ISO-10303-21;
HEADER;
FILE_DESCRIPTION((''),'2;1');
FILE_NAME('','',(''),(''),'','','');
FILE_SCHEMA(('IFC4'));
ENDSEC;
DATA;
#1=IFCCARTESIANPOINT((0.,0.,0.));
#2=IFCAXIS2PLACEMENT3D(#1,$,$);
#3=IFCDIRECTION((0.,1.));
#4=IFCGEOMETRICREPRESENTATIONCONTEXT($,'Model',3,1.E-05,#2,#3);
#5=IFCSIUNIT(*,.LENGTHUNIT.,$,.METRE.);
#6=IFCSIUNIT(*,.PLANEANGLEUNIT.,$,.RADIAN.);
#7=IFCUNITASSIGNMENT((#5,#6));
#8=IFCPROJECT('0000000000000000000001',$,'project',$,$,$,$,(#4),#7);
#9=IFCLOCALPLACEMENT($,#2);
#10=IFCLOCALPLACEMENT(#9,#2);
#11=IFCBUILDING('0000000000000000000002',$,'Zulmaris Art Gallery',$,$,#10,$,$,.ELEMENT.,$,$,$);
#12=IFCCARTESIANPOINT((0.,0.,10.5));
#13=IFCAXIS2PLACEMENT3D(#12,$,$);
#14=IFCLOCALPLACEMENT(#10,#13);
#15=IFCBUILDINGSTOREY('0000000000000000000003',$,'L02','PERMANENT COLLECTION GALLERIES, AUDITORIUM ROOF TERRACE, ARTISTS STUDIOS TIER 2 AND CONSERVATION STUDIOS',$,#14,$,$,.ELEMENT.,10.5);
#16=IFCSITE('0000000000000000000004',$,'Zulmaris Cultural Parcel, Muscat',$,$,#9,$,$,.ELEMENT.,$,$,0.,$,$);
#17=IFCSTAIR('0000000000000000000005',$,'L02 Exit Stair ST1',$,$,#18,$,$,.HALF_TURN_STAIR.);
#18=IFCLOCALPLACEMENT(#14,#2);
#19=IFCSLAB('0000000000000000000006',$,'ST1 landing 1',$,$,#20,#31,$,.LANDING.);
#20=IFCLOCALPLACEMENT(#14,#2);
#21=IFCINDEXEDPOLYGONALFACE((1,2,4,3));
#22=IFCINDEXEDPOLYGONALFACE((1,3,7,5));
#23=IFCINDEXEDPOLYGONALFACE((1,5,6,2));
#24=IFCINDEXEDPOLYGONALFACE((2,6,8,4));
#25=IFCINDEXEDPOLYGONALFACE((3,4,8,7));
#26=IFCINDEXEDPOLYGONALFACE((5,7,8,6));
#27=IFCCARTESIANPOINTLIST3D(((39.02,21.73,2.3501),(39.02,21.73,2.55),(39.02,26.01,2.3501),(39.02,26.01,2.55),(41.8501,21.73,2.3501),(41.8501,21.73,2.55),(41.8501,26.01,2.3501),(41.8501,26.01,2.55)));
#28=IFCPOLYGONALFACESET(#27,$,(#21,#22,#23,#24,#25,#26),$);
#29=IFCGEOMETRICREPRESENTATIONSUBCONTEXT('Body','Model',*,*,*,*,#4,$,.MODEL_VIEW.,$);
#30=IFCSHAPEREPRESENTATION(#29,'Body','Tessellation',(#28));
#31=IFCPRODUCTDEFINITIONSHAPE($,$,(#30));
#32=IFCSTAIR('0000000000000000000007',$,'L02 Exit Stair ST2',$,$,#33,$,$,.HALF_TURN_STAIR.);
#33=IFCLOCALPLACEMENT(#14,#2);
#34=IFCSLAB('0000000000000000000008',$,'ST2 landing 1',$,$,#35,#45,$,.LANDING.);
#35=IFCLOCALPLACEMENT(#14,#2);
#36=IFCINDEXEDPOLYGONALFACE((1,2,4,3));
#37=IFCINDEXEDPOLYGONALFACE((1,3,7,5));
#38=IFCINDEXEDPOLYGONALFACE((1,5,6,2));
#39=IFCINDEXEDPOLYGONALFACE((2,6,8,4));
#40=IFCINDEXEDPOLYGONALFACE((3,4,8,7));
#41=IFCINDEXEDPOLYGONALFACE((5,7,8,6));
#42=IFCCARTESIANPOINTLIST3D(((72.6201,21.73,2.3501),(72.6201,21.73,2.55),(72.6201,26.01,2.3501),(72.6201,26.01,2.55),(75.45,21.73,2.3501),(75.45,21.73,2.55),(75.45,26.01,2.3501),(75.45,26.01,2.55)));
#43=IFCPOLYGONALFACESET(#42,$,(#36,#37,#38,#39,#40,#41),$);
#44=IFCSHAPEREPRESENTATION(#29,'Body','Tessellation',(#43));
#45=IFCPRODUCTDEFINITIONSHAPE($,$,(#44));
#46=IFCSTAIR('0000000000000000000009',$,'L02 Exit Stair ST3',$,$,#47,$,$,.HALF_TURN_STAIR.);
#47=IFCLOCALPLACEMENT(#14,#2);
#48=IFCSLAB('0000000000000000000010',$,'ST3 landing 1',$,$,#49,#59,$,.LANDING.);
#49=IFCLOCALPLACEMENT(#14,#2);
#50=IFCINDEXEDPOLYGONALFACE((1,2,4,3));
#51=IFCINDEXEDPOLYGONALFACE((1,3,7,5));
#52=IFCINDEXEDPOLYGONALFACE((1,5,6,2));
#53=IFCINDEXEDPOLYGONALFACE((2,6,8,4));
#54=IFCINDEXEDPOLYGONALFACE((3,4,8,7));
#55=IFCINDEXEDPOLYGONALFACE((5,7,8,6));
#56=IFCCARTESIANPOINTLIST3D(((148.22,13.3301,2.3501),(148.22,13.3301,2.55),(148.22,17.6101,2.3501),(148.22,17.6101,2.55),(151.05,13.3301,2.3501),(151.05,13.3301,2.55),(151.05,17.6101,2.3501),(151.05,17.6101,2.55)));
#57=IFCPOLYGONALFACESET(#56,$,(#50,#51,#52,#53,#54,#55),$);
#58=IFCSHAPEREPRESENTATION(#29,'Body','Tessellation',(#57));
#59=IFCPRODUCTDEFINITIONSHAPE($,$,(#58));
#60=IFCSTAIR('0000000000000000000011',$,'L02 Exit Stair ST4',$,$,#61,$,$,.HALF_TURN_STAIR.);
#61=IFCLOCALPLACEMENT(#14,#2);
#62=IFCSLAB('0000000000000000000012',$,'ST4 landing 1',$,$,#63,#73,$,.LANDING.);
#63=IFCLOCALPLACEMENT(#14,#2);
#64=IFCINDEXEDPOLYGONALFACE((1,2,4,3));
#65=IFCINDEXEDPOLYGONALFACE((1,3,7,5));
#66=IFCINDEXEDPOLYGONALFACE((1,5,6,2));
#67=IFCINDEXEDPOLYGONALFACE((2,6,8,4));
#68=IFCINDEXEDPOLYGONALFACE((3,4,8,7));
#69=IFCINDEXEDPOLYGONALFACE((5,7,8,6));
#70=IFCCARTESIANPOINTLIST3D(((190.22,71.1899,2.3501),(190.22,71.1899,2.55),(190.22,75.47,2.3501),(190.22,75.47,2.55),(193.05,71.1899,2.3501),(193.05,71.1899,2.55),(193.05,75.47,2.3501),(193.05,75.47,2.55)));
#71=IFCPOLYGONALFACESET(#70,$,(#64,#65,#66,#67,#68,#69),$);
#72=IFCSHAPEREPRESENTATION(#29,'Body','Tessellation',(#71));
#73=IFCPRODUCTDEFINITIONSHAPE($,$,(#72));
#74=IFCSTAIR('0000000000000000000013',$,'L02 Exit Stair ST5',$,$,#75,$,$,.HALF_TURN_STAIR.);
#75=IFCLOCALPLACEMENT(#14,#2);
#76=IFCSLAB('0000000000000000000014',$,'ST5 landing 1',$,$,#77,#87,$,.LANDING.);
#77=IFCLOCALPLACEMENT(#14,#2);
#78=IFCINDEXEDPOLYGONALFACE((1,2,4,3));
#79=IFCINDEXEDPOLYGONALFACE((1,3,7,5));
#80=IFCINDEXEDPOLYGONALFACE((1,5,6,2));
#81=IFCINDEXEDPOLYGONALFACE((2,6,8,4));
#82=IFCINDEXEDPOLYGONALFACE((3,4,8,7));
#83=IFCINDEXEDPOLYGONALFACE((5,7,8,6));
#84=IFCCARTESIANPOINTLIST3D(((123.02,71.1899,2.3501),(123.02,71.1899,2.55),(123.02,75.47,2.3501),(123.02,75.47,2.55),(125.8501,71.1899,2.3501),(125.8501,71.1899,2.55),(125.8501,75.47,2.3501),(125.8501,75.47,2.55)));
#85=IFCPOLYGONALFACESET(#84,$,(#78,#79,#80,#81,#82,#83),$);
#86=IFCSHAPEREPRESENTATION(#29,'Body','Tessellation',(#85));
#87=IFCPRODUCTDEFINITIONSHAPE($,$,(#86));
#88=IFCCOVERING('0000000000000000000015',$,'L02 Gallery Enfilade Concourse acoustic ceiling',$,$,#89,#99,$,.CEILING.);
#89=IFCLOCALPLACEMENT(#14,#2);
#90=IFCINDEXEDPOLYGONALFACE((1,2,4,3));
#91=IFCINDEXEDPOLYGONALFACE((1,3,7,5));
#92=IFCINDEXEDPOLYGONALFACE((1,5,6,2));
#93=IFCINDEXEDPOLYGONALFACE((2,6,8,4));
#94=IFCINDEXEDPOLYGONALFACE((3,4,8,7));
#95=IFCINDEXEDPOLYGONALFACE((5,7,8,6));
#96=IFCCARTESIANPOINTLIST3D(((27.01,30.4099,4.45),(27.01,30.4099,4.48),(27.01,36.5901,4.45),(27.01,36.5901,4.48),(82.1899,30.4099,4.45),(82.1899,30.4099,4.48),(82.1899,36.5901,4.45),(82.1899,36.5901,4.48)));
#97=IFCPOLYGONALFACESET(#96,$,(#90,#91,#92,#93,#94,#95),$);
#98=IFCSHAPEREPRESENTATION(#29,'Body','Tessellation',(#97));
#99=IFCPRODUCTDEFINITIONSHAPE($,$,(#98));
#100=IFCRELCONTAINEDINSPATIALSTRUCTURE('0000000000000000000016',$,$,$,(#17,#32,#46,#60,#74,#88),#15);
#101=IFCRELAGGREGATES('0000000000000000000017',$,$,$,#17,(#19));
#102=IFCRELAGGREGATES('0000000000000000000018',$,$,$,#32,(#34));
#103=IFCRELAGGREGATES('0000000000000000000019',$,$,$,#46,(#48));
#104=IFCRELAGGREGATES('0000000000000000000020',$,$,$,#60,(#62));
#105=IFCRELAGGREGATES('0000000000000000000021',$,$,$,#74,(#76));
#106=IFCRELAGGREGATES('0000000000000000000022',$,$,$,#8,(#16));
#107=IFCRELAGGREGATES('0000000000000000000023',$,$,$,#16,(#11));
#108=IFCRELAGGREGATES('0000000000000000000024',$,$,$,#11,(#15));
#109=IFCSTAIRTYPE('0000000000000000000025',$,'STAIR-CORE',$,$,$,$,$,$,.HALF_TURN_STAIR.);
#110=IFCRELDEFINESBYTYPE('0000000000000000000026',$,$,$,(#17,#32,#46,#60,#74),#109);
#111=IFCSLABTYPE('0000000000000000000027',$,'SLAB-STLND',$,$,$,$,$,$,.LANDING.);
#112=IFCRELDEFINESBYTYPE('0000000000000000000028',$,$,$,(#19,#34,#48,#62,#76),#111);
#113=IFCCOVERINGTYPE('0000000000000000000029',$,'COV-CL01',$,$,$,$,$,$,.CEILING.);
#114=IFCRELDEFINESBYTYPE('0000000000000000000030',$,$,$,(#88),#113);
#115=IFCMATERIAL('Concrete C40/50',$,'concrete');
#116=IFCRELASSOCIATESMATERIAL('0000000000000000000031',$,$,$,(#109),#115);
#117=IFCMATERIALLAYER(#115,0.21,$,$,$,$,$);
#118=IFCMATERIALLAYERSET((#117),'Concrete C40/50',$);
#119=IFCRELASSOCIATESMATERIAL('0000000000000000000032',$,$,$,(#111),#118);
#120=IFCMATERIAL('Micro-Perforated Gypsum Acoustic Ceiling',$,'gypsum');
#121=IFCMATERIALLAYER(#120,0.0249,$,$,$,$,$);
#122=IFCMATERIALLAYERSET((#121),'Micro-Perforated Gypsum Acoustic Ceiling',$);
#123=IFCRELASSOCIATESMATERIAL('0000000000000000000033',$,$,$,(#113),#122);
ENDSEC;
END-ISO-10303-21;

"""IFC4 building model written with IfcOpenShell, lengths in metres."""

from ifc_helpers import new_model, si_unit, direction, frame, origin, place, context, subcontext, project, spatial, polyline, outline, extrude, material, layer, layer_set, type_object, element, aggregate, save


model = new_model("IFC4")

# Units and contexts
model_context = context("Model", 3, precision=1e-05, world=origin(), true_north=direction((0.0, 1.0)))
body_context = subcontext(model_context, "Body", "Model", "MODEL_VIEW")
ifc_project = project(units=[si_unit("LENGTHUNIT", "METRE"), si_unit("PLANEANGLEUNIT", "RADIAN")], contexts=[model_context])

# Site, building, storey
site_placement = place(None, origin())
site = spatial("IfcSite", under=ifc_project, at=site_placement, Name="Zulmaris Cultural Parcel, Muscat", CompositionType="ELEMENT", RefElevation=0.0)
building_placement = place(site_placement, origin())
building = spatial("IfcBuilding", under=site, at=building_placement, Name="Zulmaris Art Gallery", CompositionType="ELEMENT")
storey_placement = place(building_placement, frame((0.0, 0.0, 10.5)))
storey = spatial("IfcBuildingStorey", under=building, at=storey_placement, Name="L02", Description="PERMANENT COLLECTION GALLERIES, AUDITORIUM ROOF TERRACE, ARTISTS STUDIOS TIER 2 AND CONSERVATION STUDIOS", CompositionType="ELEMENT", Elevation=10.5)

# Stairs, slabs
ifc_material_1 = material(Name="Concrete C40/50", Category="concrete")
stair_type = type_object("IfcStairType", Name="STAIR-CORE", PredefinedType="HALF_TURN_STAIR", material=ifc_material_1)
stair_1_placement = place(storey_placement, origin())
stair_1 = element("IfcStair", 1, at=stair_1_placement, inside=storey, type_object=stair_type, Name="L02 Exit Stair ST1", PredefinedType="HALF_TURN_STAIR")
ifc_layer_1 = layer(ifc_material_1, 0.21)
ifc_layer_set_1 = layer_set([ifc_layer_1], Name="Concrete C40/50")
slab_type = type_object("IfcSlabType", Name="SLAB-STLND", PredefinedType="LANDING", material=ifc_layer_set_1)
slab_1_placement = place(storey_placement, frame((0.0, 0.0, 2.3501)))
slab_1 = element("IfcSlab", 2, at=slab_1_placement, type_object=slab_type, Name="ST1 landing 1", PredefinedType="LANDING", context=body_context, shape_type="SweptSolid", body=[
    extrude(outline(polyline([(39.02, 21.73), (41.8501, 21.73), (41.8501, 26.01), (39.02, 26.01), (39.02, 21.73)])), origin(), (0.0, 0.0, 1.0), 0.2),
])
aggregate(stair_1, [slab_1])
stair_2_placement = place(storey_placement, origin())
stair_2 = element("IfcStair", 3, at=stair_2_placement, inside=storey, type_object=stair_type, Name="L02 Exit Stair ST2", PredefinedType="HALF_TURN_STAIR")
slab_2_placement = place(storey_placement, frame((0.0, 0.0, 2.3501)))
slab_2 = element("IfcSlab", 4, at=slab_2_placement, type_object=slab_type, Name="ST2 landing 1", PredefinedType="LANDING", context=body_context, shape_type="SweptSolid", body=[
    extrude(outline(polyline([(72.6201, 21.73), (75.45, 21.73), (75.45, 26.01), (72.6201, 26.01), (72.6201, 21.73)])), origin(), (0.0, 0.0, 1.0), 0.2),
])
aggregate(stair_2, [slab_2])
stair_3_placement = place(storey_placement, origin())
stair_3 = element("IfcStair", 5, at=stair_3_placement, inside=storey, type_object=stair_type, Name="L02 Exit Stair ST3", PredefinedType="HALF_TURN_STAIR")
slab_3_placement = place(storey_placement, frame((0.0, 0.0, 2.3501)))
slab_3 = element("IfcSlab", 6, at=slab_3_placement, type_object=slab_type, Name="ST3 landing 1", PredefinedType="LANDING", context=body_context, shape_type="SweptSolid", body=[
    extrude(outline(polyline([(148.22, 13.3301), (151.05, 13.3301), (151.05, 17.6101), (148.22, 17.6101), (148.22, 13.3301)])), origin(), (0.0, 0.0, 1.0), 0.2),
])
aggregate(stair_3, [slab_3])
stair_4_placement = place(storey_placement, origin())
stair_4 = element("IfcStair", 7, at=stair_4_placement, inside=storey, type_object=stair_type, Name="L02 Exit Stair ST4", PredefinedType="HALF_TURN_STAIR")
slab_4_placement = place(storey_placement, frame((0.0, 0.0, 2.3501)))
slab_4 = element("IfcSlab", 8, at=slab_4_placement, type_object=slab_type, Name="ST4 landing 1", PredefinedType="LANDING", context=body_context, shape_type="SweptSolid", body=[
    extrude(outline(polyline([(190.22, 71.1899), (193.05, 71.1899), (193.05, 75.47), (190.22, 75.47), (190.22, 71.1899)])), origin(), (0.0, 0.0, 1.0), 0.2),
])
aggregate(stair_4, [slab_4])
stair_5_placement = place(storey_placement, origin())
stair_5 = element("IfcStair", 9, at=stair_5_placement, inside=storey, type_object=stair_type, Name="L02 Exit Stair ST5", PredefinedType="HALF_TURN_STAIR")
slab_5_placement = place(storey_placement, frame((0.0, 0.0, 2.3501)))
slab_5 = element("IfcSlab", 10, at=slab_5_placement, type_object=slab_type, Name="ST5 landing 1", PredefinedType="LANDING", context=body_context, shape_type="SweptSolid", body=[
    extrude(outline(polyline([(123.02, 71.1899), (125.8501, 71.1899), (125.8501, 75.47), (123.02, 75.47), (123.02, 71.1899)])), origin(), (0.0, 0.0, 1.0), 0.2),
])
aggregate(stair_5, [slab_5])

# Covering
ifc_material_2 = material(Name="Micro-Perforated Gypsum Acoustic Ceiling", Category="gypsum")
ifc_layer_2 = layer(ifc_material_2, 0.0249)
ifc_layer_set_2 = layer_set([ifc_layer_2], Name="Micro-Perforated Gypsum Acoustic Ceiling")
covering_type_1 = type_object("IfcCoveringType", Name="COV-CL01", PredefinedType="CEILING", material=ifc_layer_set_2)
covering_1_placement = place(storey_placement, frame((0.0, 0.0, 4.45)))
element("IfcCovering", 11, at=covering_1_placement, inside=storey, type_object=covering_type_1, Name="L02 Gallery Enfilade Concourse acoustic ceiling", PredefinedType="CEILING", context=body_context, shape_type="SweptSolid", body=[
    extrude(outline(polyline([(27.01, 36.5901), (82.1899, 36.5901), (82.1899, 30.4099), (27.01, 30.4099), (27.01, 36.5901)])), origin(), (0.0, 0.0, 1.0), 0.03),
])

save(model, "model.ifc")
